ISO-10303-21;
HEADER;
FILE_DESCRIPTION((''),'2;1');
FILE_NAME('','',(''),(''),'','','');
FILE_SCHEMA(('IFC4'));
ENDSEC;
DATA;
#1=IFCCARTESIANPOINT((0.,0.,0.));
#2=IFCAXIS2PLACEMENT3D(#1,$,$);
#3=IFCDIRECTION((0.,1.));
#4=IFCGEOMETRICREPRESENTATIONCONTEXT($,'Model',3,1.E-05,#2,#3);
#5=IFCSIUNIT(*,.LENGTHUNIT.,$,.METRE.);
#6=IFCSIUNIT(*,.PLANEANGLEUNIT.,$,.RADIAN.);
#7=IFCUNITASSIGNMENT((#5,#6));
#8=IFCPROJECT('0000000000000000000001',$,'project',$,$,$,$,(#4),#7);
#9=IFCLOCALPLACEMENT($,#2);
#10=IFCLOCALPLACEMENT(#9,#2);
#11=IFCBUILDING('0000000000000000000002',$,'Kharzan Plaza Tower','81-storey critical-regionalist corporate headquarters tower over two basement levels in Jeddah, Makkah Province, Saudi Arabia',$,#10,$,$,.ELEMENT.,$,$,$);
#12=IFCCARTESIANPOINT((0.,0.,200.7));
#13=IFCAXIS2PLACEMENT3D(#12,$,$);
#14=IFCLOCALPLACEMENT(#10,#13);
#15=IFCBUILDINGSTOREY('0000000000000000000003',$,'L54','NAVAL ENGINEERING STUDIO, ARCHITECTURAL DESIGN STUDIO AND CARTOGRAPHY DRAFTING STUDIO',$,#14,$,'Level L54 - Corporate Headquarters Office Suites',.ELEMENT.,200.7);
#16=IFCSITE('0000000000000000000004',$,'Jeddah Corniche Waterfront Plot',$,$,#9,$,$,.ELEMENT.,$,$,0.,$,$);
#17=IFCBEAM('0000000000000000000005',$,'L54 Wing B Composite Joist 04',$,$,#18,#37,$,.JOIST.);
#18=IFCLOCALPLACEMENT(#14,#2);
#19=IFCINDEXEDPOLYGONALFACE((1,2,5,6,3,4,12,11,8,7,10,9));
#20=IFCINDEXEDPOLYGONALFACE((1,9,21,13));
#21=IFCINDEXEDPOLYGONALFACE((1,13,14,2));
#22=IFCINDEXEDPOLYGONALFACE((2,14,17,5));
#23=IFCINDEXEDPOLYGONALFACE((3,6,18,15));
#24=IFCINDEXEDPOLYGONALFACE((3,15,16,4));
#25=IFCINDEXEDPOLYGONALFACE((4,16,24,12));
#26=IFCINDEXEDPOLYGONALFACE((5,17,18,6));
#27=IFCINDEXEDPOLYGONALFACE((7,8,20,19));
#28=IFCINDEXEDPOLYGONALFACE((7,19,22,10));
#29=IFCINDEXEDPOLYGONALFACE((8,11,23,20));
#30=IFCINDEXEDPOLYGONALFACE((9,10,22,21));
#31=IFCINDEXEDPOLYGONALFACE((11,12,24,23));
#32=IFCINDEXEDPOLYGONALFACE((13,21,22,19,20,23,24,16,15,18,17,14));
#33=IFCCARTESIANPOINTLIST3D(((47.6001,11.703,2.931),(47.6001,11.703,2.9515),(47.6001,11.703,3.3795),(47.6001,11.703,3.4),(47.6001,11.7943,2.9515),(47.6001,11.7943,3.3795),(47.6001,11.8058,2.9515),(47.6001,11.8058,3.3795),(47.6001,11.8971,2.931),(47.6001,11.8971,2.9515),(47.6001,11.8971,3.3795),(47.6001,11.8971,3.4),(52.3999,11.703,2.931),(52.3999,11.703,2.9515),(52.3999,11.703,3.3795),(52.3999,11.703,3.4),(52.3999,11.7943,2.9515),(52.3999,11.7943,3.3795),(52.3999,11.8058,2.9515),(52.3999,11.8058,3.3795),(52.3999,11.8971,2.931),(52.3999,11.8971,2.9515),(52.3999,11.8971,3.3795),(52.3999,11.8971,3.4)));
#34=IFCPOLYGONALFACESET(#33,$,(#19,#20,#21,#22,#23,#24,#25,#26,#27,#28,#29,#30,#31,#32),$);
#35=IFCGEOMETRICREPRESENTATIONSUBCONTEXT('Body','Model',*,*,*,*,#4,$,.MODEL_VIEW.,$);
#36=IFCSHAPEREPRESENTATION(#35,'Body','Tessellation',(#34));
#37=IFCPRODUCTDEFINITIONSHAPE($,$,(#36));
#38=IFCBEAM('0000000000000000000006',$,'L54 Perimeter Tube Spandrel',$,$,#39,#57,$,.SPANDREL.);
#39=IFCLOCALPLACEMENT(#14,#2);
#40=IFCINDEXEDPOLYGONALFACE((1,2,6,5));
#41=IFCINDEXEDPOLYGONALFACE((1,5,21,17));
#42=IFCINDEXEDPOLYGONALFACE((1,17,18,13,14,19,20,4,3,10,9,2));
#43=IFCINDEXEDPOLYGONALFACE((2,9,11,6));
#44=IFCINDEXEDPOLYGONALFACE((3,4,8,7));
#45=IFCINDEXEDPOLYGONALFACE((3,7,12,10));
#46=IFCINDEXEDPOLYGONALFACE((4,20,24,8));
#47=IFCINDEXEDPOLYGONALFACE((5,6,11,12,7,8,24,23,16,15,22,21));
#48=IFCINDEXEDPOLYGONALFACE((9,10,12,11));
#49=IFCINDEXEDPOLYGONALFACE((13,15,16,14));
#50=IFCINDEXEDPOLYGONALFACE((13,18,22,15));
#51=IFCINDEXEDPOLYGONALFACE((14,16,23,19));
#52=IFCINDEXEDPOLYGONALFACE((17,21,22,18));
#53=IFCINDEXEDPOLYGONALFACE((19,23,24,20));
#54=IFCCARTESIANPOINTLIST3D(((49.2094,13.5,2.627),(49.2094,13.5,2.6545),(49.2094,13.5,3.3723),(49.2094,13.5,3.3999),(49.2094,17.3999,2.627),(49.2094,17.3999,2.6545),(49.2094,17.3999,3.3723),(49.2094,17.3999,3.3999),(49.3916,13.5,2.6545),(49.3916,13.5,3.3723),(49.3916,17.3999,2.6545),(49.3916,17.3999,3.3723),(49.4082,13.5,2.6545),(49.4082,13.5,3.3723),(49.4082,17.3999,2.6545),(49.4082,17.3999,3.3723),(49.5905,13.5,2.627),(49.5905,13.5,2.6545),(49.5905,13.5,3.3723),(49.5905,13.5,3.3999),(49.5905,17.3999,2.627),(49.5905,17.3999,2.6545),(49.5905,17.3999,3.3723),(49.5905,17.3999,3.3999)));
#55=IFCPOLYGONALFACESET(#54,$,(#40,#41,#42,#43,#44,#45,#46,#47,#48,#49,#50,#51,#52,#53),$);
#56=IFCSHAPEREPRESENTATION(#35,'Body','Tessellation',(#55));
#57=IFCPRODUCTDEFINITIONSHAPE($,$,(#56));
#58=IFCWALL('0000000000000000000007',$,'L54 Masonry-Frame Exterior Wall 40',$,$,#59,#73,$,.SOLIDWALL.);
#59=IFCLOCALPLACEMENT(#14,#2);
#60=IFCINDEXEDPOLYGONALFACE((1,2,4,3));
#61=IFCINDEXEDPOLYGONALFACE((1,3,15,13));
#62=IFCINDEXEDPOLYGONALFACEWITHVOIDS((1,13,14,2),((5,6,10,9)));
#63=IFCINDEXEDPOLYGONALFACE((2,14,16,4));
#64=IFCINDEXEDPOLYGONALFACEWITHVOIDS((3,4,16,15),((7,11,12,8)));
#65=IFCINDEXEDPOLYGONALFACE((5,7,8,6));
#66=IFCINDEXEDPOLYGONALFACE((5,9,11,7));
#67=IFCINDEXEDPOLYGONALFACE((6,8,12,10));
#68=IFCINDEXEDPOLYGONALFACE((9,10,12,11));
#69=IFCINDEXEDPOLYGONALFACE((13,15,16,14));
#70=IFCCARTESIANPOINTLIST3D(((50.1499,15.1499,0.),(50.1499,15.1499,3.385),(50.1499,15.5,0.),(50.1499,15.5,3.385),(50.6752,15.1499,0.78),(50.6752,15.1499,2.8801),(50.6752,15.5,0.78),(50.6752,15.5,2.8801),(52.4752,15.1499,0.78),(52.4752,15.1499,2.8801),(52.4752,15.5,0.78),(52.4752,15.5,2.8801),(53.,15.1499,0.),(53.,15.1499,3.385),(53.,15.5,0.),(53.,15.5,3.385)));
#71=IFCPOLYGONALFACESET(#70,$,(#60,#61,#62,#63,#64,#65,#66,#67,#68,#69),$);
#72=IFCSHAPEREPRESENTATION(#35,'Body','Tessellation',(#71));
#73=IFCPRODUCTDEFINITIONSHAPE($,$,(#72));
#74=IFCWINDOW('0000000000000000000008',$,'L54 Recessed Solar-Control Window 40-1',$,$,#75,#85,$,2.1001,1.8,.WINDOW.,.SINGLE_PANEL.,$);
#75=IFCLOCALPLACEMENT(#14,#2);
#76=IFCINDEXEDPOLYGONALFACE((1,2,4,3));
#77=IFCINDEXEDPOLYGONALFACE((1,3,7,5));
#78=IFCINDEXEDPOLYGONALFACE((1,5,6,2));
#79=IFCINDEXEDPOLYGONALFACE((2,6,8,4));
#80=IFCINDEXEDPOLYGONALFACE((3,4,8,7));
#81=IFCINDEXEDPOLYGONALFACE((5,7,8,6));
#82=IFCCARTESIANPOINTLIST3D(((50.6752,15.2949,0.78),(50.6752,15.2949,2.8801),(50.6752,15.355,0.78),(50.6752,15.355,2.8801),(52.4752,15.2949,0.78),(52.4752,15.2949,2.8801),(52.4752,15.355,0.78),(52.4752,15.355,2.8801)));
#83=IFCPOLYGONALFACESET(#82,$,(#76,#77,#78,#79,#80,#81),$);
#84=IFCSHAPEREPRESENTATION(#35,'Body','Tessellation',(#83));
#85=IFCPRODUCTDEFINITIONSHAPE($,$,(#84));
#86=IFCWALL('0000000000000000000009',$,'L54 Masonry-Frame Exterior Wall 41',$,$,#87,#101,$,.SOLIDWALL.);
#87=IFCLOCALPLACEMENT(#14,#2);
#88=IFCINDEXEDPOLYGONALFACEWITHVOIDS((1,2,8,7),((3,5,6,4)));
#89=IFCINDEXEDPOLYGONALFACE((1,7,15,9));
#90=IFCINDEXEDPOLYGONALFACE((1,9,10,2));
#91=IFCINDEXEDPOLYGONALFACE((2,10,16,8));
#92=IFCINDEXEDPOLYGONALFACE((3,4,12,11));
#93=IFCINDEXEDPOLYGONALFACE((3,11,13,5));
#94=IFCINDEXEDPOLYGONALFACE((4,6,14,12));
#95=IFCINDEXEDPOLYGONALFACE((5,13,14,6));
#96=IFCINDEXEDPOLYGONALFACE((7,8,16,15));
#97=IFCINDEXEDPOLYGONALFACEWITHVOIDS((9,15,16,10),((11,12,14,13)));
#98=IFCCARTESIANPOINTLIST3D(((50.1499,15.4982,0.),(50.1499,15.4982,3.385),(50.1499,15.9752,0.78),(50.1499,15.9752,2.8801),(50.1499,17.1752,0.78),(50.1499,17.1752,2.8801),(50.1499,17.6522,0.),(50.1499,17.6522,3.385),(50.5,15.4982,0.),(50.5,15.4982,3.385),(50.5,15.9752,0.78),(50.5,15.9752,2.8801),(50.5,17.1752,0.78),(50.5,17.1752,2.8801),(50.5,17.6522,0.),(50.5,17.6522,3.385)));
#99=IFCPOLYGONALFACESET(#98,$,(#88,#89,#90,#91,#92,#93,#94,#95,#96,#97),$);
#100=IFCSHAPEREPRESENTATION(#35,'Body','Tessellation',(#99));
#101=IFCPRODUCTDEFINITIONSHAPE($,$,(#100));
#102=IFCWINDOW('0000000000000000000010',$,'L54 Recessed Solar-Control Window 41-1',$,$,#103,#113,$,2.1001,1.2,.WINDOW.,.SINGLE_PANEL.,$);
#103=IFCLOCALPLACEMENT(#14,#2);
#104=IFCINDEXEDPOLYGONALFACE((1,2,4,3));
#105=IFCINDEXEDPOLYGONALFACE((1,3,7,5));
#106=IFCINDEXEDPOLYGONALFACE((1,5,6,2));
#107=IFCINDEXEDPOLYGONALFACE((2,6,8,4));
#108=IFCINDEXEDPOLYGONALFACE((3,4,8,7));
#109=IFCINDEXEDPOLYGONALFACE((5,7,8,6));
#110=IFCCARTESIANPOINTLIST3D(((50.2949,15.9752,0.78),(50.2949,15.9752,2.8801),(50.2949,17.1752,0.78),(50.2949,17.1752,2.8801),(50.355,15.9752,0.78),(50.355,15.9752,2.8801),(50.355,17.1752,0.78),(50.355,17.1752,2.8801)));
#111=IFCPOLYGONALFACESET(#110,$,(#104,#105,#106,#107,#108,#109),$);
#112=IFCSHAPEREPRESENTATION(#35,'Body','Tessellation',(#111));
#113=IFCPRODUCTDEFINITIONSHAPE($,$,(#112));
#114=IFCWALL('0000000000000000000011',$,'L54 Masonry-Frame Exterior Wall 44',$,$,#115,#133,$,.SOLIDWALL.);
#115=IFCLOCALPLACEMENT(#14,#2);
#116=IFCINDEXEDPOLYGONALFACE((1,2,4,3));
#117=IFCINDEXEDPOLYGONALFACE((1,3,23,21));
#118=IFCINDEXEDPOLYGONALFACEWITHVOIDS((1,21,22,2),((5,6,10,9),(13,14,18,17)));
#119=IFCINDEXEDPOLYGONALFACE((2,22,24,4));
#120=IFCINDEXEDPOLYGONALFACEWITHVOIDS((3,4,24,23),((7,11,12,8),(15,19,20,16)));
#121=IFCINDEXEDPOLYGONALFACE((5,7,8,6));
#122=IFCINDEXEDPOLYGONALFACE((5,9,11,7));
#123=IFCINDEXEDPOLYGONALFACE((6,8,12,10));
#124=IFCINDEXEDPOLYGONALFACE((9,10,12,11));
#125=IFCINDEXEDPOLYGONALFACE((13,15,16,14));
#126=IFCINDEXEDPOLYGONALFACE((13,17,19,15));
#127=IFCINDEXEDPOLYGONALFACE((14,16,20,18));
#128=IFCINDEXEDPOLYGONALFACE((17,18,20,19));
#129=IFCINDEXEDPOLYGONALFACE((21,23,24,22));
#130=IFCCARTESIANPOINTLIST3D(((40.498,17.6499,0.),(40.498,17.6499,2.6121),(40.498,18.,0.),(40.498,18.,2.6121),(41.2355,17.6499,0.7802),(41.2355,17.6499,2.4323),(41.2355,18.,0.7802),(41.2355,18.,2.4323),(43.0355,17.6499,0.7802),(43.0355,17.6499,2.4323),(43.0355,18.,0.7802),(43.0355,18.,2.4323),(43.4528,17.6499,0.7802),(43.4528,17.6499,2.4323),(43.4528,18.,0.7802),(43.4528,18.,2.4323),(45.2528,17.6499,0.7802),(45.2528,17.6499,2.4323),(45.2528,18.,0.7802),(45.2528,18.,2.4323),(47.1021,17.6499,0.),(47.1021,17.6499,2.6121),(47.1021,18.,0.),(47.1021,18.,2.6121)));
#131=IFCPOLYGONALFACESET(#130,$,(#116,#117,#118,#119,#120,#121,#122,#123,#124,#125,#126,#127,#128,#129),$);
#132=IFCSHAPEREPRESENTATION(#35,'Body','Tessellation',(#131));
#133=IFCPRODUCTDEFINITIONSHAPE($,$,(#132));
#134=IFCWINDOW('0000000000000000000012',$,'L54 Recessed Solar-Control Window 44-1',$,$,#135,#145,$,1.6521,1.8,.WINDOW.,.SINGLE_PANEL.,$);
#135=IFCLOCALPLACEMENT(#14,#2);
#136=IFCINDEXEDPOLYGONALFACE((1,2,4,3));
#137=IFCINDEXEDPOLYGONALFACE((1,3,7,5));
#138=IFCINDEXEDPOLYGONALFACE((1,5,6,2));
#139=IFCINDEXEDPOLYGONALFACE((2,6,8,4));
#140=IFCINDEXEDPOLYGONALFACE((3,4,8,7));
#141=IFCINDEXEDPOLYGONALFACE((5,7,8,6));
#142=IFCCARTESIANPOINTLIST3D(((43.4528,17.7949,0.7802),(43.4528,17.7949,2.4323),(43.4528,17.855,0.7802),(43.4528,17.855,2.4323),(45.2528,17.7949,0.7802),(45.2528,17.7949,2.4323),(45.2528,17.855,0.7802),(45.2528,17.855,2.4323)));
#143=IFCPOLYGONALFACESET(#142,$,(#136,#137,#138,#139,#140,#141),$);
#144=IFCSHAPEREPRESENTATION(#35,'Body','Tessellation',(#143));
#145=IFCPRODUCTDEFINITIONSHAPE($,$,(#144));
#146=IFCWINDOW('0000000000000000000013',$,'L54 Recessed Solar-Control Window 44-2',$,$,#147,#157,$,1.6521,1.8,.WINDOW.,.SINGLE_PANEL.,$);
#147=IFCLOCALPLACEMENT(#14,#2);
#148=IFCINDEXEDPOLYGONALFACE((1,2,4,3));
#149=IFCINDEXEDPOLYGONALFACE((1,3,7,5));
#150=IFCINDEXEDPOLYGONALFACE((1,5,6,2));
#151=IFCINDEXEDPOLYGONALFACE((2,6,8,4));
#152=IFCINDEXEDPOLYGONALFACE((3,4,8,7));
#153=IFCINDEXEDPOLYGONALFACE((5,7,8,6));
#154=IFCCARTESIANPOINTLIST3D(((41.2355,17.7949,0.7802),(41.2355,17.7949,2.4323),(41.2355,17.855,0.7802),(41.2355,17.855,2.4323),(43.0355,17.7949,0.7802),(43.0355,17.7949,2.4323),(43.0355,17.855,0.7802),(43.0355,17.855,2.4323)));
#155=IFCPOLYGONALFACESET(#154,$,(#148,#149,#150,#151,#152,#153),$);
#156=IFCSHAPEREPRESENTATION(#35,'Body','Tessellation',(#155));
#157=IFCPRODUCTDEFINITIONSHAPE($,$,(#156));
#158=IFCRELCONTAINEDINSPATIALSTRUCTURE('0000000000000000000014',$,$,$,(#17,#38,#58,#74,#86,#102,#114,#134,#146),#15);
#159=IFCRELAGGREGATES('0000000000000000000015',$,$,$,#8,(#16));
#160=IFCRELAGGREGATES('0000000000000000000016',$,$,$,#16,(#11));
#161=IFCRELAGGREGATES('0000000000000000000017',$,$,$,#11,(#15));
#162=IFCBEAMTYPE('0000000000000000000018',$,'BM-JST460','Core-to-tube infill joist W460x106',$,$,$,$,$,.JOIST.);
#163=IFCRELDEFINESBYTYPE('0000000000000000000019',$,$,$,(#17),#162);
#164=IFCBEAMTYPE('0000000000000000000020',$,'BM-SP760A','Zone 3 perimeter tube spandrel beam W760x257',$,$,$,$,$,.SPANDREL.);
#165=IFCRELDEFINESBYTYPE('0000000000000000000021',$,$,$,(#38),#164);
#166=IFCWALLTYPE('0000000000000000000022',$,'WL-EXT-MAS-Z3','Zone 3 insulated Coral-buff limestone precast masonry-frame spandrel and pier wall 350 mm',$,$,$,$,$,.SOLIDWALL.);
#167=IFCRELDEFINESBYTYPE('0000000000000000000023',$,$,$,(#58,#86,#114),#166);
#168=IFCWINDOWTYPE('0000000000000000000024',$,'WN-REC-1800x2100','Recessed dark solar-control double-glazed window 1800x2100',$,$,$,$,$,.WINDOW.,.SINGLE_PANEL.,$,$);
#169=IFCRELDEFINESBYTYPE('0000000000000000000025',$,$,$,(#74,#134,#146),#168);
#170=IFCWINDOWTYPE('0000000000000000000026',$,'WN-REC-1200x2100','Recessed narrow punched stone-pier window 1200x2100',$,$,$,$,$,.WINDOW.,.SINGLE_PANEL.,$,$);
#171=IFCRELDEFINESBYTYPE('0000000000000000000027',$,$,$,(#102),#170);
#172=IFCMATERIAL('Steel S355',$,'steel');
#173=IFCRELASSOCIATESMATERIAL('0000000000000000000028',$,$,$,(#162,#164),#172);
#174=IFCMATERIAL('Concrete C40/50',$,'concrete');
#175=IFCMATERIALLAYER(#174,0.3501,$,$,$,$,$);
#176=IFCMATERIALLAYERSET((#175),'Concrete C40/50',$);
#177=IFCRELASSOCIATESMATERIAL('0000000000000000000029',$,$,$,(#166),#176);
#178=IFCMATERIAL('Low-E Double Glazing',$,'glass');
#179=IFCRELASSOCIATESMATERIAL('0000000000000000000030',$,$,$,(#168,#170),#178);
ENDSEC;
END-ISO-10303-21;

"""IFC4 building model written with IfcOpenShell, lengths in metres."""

from ifc_helpers import new_model, si_unit, direction, frame, frame_2d, origin, origin_2d, place, context, subcontext, project, spatial, rectangle, i_section, extrude, source, transform, mapped, material, layer, layer_set, material_profile, profile_set, type_object, element, fill, save


model = new_model("IFC4")

# Units and contexts
model_context = context("Model", 3, precision=1e-05, world=origin(), true_north=direction((0.0, 1.0)))
body_context = subcontext(model_context, "Body", "Model", "MODEL_VIEW")
ifc_project = project(units=[si_unit("LENGTHUNIT", "METRE"), si_unit("PLANEANGLEUNIT", "RADIAN")], contexts=[model_context])

# Site, building, storey
site_placement = place(None, origin())
site = spatial("IfcSite", under=ifc_project, at=site_placement, Name="Jeddah Corniche Waterfront Plot", CompositionType="ELEMENT", RefElevation=0.0)
building_placement = place(site_placement, origin())
building = spatial("IfcBuilding", under=site, at=building_placement, Name="Kharzan Plaza Tower", Description="81-storey critical-regionalist corporate headquarters tower over two basement levels in Jeddah, Makkah Province, Saudi Arabia", CompositionType="ELEMENT")
storey_placement = place(building_placement, frame((0.0, 0.0, 200.7)))
storey = spatial("IfcBuildingStorey", under=building, at=storey_placement, Name="L54", Description="NAVAL ENGINEERING STUDIO, ARCHITECTURAL DESIGN STUDIO AND CARTOGRAPHY DRAFTING STUDIO", LongName="Level L54 - Corporate Headquarters Office Suites", CompositionType="ELEMENT", Elevation=200.7)

# Beams
ifc_material_1 = material(Name="Steel S355", Category="steel")
ifc_material_profile_1 = material_profile(ifc_material_1, i_section(OverallWidth=0.1941, OverallDepth=0.469, WebThickness=0.0115, FlangeThickness=0.0205, at=origin_2d()), Name="W460x106")
ifc_profile_set_1 = profile_set([ifc_material_profile_1], Name="Steel S355")
beam_type_1 = type_object("IfcBeamType", Name="BM-JST460", Description="Core-to-tube infill joist W460x106", PredefinedType="JOIST", material=ifc_profile_set_1)
shared_shape_1 = source(origin(), body_context, "Body", "SweptSolid", [
    extrude(i_section(OverallWidth=0.1941, OverallDepth=0.469, WebThickness=0.0115, FlangeThickness=0.0205, at=origin_2d()), origin(), (0.0, 0.0, 1.0), 4.7998),
])
for number, where, z_axis, x_axis, name in (
    (1, (47.6001, 11.8, 3.1655), (1.0, 0.0, 0.0), (0.0, 1.0, 0.0), "L54 Wing B Composite Joist 04"),
):
    element("IfcBeam", number, at=place(storey_placement, frame(where, z_axis=z_axis, x_axis=x_axis)), inside=storey, type_object=beam_type_1, Name=name, PredefinedType="JOIST", context=body_context, shape_type="MappedRepresentation", body=[
        mapped(shared_shape_1, transform((0.0, 0.0, 0.0), x_axis=(1.0, 0.0, 0.0), y_axis=(0.0, 1.0, 0.0), z_axis=(0.0, 0.0, 1.0))),
    ])
ifc_material_profile_2 = material_profile(ifc_material_1, i_section(OverallWidth=0.3811, OverallDepth=0.7729, WebThickness=0.0166, FlangeThickness=0.0276, at=origin_2d()), Name="W760x257")
ifc_profile_set_2 = profile_set([ifc_material_profile_2], Name="Steel S355")
beam_type_2 = type_object("IfcBeamType", Name="BM-SP760A", Description="Zone 3 perimeter tube spandrel beam W760x257", PredefinedType="SPANDREL", material=ifc_profile_set_2)
shared_shape_2 = source(origin(), body_context, "Body", "SweptSolid", [
    extrude(i_section(OverallWidth=0.3811, OverallDepth=0.7729, WebThickness=0.0166, FlangeThickness=0.0276, at=origin_2d()), origin(), (0.0, 0.0, 1.0), 3.8999),
])
beam_1_placement = place(storey_placement, frame((49.3999, 13.5, 3.0134), z_axis=(0.0, 1.0, 0.0), x_axis=(-1.0, 0.0, 0.0)))
element("IfcBeam", 2, at=beam_1_placement, inside=storey, type_object=beam_type_2, Name="L54 Perimeter Tube Spandrel", PredefinedType="SPANDREL", context=body_context, shape_type="MappedRepresentation", body=[
    mapped(shared_shape_2, transform((0.0, 0.0, 0.0), x_axis=(1.0, 0.0, 0.0), y_axis=(0.0, 1.0, 0.0), z_axis=(0.0, 0.0, 1.0))),
])

# Walls, openings, windows
ifc_material_2 = material(Name="Concrete C40/50", Category="concrete")
ifc_layer_1 = layer(ifc_material_2, 0.3501)
ifc_layer_set_1 = layer_set([ifc_layer_1], Name="Concrete C40/50")
wall_type_1 = type_object("IfcWallType", Name="WL-EXT-MAS-Z3", Description="Zone 3 insulated Coral-buff limestone precast masonry-frame spandrel and pier wall 350 mm", PredefinedType="SOLIDWALL", material=ifc_layer_set_1)
wall_1_placement = place(storey_placement, frame((53.0, 15.325, 0.0), z_axis=(0.0, 0.0, 1.0), x_axis=(-1.0, 0.0, 0.0)))
wall_1 = element("IfcWall", 3, at=wall_1_placement, inside=storey, type_object=wall_type_1, Name="L54 Masonry-Frame Exterior Wall 40", PredefinedType="SOLIDWALL", context=body_context, shape_type="SweptSolid", body=[
    extrude(rectangle(XDim=2.8501, YDim=0.3501, at=frame_2d((1.425, 0.0))), origin(), (0.0, 0.0, 1.0), 3.385),
])
opening_1_placement = place(wall_1_placement, frame((0.5249, 0.0, 0.78)))
opening_1 = element("IfcOpeningElement", 4, at=opening_1_placement, cuts=wall_1, PredefinedType="OPENING", context=body_context, shape_type="SweptSolid", body=[
    extrude(rectangle(XDim=1.8, YDim=2.1001, at=frame_2d((0.8999, 1.05))), frame((0.0, 0.1851, 0.0), z_axis=(0.0, -1.0, 0.0), x_axis=(1.0, 0.0, 0.0)), (0.0, 0.0, 1.0), 0.3701),
])
ifc_material_3 = material(Name="Low-E Double Glazing", Category="glass")
window_type_1 = type_object("IfcWindowType", Name="WN-REC-1800x2100", Description="Recessed dark solar-control double-glazed window 1800x2100", PartitioningType="SINGLE_PANEL", PredefinedType="WINDOW", material=ifc_material_3)
shared_shape_3 = source(origin(), body_context, "Body", "SweptSolid", [
    extrude(rectangle(XDim=1.8, YDim=2.1001, at=frame_2d((0.8999, 1.05))), frame((0.0, 0.03, 0.0), z_axis=(0.0, -1.0, 0.0), x_axis=(1.0, 0.0, 0.0)), (0.0, 0.0, 1.0), 0.0601),
])
window_1_placement = place(opening_1_placement, origin())
window_1 = element("IfcWindow", 5, at=window_1_placement, inside=storey, type_object=window_type_1, Name="L54 Recessed Solar-Control Window 40-1", OverallHeight=2.1001, OverallWidth=1.8, PartitioningType="SINGLE_PANEL", PredefinedType="WINDOW", context=body_context, shape_type="MappedRepresentation", body=[
    mapped(shared_shape_3, transform((0.0, 0.0, 0.0), x_axis=(1.0, 0.0, 0.0), y_axis=(0.0, 1.0, 0.0), z_axis=(0.0, 0.0, 1.0))),
])
fill(opening_1, window_1)
wall_2_placement = place(storey_placement, frame((50.325, 15.498, 0.0), z_axis=(0.0, 0.0, 1.0), x_axis=(0.0, 1.0, 0.0)))
wall_2 = element("IfcWall", 6, at=wall_2_placement, inside=storey, type_object=wall_type_1, Name="L54 Masonry-Frame Exterior Wall 41", PredefinedType="SOLIDWALL", context=body_context, shape_type="SweptSolid", body=[
    extrude(rectangle(XDim=2.1541, YDim=0.3501, at=frame_2d((1.0771, 0.0))), origin(), (0.0, 0.0, 1.0), 3.385),
])
opening_2_placement = place(wall_2_placement, frame((0.4771, 0.0, 0.78)))
opening_2 = element("IfcOpeningElement", 7, at=opening_2_placement, cuts=wall_2, PredefinedType="OPENING", context=body_context, shape_type="SweptSolid", body=[
    extrude(rectangle(XDim=1.2, YDim=2.1001, at=frame_2d((0.6001, 1.05))), frame((0.0, 0.1851, 0.0), z_axis=(0.0, -1.0, 0.0), x_axis=(1.0, 0.0, 0.0)), (0.0, 0.0, 1.0), 0.3701),
])
window_type_2 = type_object("IfcWindowType", Name="WN-REC-1200x2100", Description="Recessed narrow punched stone-pier window 1200x2100", PartitioningType="SINGLE_PANEL", PredefinedType="WINDOW", material=ifc_material_3)
shared_shape_4 = source(origin(), body_context, "Body", "SweptSolid", [
    extrude(rectangle(XDim=1.2, YDim=2.1001, at=frame_2d((0.6001, 1.05))), frame((0.0, 0.03, 0.0), z_axis=(0.0, -1.0, 0.0), x_axis=(1.0, 0.0, 0.0)), (0.0, 0.0, 1.0), 0.0601),
])
window_2_placement = place(opening_2_placement, origin())
window_2 = element("IfcWindow", 8, at=window_2_placement, inside=storey, type_object=window_type_2, Name="L54 Recessed Solar-Control Window 41-1", OverallHeight=2.1001, OverallWidth=1.2, PartitioningType="SINGLE_PANEL", PredefinedType="WINDOW", context=body_context, shape_type="MappedRepresentation", body=[
    mapped(shared_shape_4, transform((0.0, 0.0, 0.0), x_axis=(1.0, 0.0, 0.0), y_axis=(0.0, 1.0, 0.0), z_axis=(0.0, 0.0, 1.0))),
])
fill(opening_2, window_2)

# Wall, openings, windows
wall_3_placement = place(storey_placement, frame((47.1021, 17.825, 0.0), z_axis=(0.0, 0.0, 1.0), x_axis=(-1.0, 0.0, 0.0)))
wall_3 = element("IfcWall", 9, at=wall_3_placement, inside=storey, type_object=wall_type_1, Name="L54 Masonry-Frame Exterior Wall 44", PredefinedType="SOLIDWALL", context=body_context, shape_type="SweptSolid", body=[
    extrude(rectangle(XDim=6.604, YDim=0.3501, at=frame_2d((3.302, 0.0))), origin(), (0.0, 0.0, 1.0), 2.6121),
])
opening_3_placement = place(wall_3_placement, frame((1.8494, 0.0, 0.78)))
opening_3 = element("IfcOpeningElement", 10, at=opening_3_placement, cuts=wall_3, PredefinedType="OPENING", context=body_context, shape_type="SweptSolid", body=[
    extrude(rectangle(XDim=1.8, YDim=1.6521, at=frame_2d((0.8999, 0.8262))), frame((0.0, 0.1851, 0.0), z_axis=(0.0, -1.0, 0.0), x_axis=(1.0, 0.0, 0.0)), (0.0, 0.0, 1.0), 0.3701),
])
opening_4_placement = place(wall_3_placement, frame((4.0667, 0.0, 0.78)))
opening_4 = element("IfcOpeningElement", 11, at=opening_4_placement, cuts=wall_3, PredefinedType="OPENING", context=body_context, shape_type="SweptSolid", body=[
    extrude(rectangle(XDim=1.8, YDim=1.6521, at=frame_2d((0.8999, 0.8262))), frame((0.0, 0.1851, 0.0), z_axis=(0.0, -1.0, 0.0), x_axis=(1.0, 0.0, 0.0)), (0.0, 0.0, 1.0), 0.3701),
])
shared_shape_5 = source(origin(), body_context, "Body", "SweptSolid", [
    extrude(rectangle(XDim=1.8, YDim=1.6521, at=frame_2d((0.8999, 0.8262))), frame((0.0, 0.03, 0.0), z_axis=(0.0, -1.0, 0.0), x_axis=(1.0, 0.0, 0.0)), (0.0, 0.0, 1.0), 0.0601),
])
window_3_placement = place(opening_3_placement, origin())
window_3 = element("IfcWindow", 12, at=window_3_placement, inside=storey, type_object=window_type_1, Name="L54 Recessed Solar-Control Window 44-1", OverallHeight=1.6521, OverallWidth=1.8, PartitioningType="SINGLE_PANEL", PredefinedType="WINDOW", context=body_context, shape_type="MappedRepresentation", body=[
    mapped(shared_shape_5, transform((0.0, 0.0, 0.0), x_axis=(1.0, 0.0, 0.0), y_axis=(0.0, 1.0, 0.0), z_axis=(0.0, 0.0, 1.0))),
])
fill(opening_3, window_3)
window_4_placement = place(opening_4_placement, origin())
window_4 = element("IfcWindow", 13, at=window_4_placement, inside=storey, type_object=window_type_1, Name="L54 Recessed Solar-Control Window 44-2", OverallHeight=1.6521, OverallWidth=1.8, PartitioningType="SINGLE_PANEL", PredefinedType="WINDOW", context=body_context, shape_type="MappedRepresentation", body=[
    mapped(shared_shape_5, transform((0.0, 0.0, 0.0), x_axis=(1.0, 0.0, 0.0), y_axis=(0.0, 1.0, 0.0), z_axis=(0.0, 0.0, 1.0))),
])
fill(opening_4, window_4)

save(model, "model.ifc")
